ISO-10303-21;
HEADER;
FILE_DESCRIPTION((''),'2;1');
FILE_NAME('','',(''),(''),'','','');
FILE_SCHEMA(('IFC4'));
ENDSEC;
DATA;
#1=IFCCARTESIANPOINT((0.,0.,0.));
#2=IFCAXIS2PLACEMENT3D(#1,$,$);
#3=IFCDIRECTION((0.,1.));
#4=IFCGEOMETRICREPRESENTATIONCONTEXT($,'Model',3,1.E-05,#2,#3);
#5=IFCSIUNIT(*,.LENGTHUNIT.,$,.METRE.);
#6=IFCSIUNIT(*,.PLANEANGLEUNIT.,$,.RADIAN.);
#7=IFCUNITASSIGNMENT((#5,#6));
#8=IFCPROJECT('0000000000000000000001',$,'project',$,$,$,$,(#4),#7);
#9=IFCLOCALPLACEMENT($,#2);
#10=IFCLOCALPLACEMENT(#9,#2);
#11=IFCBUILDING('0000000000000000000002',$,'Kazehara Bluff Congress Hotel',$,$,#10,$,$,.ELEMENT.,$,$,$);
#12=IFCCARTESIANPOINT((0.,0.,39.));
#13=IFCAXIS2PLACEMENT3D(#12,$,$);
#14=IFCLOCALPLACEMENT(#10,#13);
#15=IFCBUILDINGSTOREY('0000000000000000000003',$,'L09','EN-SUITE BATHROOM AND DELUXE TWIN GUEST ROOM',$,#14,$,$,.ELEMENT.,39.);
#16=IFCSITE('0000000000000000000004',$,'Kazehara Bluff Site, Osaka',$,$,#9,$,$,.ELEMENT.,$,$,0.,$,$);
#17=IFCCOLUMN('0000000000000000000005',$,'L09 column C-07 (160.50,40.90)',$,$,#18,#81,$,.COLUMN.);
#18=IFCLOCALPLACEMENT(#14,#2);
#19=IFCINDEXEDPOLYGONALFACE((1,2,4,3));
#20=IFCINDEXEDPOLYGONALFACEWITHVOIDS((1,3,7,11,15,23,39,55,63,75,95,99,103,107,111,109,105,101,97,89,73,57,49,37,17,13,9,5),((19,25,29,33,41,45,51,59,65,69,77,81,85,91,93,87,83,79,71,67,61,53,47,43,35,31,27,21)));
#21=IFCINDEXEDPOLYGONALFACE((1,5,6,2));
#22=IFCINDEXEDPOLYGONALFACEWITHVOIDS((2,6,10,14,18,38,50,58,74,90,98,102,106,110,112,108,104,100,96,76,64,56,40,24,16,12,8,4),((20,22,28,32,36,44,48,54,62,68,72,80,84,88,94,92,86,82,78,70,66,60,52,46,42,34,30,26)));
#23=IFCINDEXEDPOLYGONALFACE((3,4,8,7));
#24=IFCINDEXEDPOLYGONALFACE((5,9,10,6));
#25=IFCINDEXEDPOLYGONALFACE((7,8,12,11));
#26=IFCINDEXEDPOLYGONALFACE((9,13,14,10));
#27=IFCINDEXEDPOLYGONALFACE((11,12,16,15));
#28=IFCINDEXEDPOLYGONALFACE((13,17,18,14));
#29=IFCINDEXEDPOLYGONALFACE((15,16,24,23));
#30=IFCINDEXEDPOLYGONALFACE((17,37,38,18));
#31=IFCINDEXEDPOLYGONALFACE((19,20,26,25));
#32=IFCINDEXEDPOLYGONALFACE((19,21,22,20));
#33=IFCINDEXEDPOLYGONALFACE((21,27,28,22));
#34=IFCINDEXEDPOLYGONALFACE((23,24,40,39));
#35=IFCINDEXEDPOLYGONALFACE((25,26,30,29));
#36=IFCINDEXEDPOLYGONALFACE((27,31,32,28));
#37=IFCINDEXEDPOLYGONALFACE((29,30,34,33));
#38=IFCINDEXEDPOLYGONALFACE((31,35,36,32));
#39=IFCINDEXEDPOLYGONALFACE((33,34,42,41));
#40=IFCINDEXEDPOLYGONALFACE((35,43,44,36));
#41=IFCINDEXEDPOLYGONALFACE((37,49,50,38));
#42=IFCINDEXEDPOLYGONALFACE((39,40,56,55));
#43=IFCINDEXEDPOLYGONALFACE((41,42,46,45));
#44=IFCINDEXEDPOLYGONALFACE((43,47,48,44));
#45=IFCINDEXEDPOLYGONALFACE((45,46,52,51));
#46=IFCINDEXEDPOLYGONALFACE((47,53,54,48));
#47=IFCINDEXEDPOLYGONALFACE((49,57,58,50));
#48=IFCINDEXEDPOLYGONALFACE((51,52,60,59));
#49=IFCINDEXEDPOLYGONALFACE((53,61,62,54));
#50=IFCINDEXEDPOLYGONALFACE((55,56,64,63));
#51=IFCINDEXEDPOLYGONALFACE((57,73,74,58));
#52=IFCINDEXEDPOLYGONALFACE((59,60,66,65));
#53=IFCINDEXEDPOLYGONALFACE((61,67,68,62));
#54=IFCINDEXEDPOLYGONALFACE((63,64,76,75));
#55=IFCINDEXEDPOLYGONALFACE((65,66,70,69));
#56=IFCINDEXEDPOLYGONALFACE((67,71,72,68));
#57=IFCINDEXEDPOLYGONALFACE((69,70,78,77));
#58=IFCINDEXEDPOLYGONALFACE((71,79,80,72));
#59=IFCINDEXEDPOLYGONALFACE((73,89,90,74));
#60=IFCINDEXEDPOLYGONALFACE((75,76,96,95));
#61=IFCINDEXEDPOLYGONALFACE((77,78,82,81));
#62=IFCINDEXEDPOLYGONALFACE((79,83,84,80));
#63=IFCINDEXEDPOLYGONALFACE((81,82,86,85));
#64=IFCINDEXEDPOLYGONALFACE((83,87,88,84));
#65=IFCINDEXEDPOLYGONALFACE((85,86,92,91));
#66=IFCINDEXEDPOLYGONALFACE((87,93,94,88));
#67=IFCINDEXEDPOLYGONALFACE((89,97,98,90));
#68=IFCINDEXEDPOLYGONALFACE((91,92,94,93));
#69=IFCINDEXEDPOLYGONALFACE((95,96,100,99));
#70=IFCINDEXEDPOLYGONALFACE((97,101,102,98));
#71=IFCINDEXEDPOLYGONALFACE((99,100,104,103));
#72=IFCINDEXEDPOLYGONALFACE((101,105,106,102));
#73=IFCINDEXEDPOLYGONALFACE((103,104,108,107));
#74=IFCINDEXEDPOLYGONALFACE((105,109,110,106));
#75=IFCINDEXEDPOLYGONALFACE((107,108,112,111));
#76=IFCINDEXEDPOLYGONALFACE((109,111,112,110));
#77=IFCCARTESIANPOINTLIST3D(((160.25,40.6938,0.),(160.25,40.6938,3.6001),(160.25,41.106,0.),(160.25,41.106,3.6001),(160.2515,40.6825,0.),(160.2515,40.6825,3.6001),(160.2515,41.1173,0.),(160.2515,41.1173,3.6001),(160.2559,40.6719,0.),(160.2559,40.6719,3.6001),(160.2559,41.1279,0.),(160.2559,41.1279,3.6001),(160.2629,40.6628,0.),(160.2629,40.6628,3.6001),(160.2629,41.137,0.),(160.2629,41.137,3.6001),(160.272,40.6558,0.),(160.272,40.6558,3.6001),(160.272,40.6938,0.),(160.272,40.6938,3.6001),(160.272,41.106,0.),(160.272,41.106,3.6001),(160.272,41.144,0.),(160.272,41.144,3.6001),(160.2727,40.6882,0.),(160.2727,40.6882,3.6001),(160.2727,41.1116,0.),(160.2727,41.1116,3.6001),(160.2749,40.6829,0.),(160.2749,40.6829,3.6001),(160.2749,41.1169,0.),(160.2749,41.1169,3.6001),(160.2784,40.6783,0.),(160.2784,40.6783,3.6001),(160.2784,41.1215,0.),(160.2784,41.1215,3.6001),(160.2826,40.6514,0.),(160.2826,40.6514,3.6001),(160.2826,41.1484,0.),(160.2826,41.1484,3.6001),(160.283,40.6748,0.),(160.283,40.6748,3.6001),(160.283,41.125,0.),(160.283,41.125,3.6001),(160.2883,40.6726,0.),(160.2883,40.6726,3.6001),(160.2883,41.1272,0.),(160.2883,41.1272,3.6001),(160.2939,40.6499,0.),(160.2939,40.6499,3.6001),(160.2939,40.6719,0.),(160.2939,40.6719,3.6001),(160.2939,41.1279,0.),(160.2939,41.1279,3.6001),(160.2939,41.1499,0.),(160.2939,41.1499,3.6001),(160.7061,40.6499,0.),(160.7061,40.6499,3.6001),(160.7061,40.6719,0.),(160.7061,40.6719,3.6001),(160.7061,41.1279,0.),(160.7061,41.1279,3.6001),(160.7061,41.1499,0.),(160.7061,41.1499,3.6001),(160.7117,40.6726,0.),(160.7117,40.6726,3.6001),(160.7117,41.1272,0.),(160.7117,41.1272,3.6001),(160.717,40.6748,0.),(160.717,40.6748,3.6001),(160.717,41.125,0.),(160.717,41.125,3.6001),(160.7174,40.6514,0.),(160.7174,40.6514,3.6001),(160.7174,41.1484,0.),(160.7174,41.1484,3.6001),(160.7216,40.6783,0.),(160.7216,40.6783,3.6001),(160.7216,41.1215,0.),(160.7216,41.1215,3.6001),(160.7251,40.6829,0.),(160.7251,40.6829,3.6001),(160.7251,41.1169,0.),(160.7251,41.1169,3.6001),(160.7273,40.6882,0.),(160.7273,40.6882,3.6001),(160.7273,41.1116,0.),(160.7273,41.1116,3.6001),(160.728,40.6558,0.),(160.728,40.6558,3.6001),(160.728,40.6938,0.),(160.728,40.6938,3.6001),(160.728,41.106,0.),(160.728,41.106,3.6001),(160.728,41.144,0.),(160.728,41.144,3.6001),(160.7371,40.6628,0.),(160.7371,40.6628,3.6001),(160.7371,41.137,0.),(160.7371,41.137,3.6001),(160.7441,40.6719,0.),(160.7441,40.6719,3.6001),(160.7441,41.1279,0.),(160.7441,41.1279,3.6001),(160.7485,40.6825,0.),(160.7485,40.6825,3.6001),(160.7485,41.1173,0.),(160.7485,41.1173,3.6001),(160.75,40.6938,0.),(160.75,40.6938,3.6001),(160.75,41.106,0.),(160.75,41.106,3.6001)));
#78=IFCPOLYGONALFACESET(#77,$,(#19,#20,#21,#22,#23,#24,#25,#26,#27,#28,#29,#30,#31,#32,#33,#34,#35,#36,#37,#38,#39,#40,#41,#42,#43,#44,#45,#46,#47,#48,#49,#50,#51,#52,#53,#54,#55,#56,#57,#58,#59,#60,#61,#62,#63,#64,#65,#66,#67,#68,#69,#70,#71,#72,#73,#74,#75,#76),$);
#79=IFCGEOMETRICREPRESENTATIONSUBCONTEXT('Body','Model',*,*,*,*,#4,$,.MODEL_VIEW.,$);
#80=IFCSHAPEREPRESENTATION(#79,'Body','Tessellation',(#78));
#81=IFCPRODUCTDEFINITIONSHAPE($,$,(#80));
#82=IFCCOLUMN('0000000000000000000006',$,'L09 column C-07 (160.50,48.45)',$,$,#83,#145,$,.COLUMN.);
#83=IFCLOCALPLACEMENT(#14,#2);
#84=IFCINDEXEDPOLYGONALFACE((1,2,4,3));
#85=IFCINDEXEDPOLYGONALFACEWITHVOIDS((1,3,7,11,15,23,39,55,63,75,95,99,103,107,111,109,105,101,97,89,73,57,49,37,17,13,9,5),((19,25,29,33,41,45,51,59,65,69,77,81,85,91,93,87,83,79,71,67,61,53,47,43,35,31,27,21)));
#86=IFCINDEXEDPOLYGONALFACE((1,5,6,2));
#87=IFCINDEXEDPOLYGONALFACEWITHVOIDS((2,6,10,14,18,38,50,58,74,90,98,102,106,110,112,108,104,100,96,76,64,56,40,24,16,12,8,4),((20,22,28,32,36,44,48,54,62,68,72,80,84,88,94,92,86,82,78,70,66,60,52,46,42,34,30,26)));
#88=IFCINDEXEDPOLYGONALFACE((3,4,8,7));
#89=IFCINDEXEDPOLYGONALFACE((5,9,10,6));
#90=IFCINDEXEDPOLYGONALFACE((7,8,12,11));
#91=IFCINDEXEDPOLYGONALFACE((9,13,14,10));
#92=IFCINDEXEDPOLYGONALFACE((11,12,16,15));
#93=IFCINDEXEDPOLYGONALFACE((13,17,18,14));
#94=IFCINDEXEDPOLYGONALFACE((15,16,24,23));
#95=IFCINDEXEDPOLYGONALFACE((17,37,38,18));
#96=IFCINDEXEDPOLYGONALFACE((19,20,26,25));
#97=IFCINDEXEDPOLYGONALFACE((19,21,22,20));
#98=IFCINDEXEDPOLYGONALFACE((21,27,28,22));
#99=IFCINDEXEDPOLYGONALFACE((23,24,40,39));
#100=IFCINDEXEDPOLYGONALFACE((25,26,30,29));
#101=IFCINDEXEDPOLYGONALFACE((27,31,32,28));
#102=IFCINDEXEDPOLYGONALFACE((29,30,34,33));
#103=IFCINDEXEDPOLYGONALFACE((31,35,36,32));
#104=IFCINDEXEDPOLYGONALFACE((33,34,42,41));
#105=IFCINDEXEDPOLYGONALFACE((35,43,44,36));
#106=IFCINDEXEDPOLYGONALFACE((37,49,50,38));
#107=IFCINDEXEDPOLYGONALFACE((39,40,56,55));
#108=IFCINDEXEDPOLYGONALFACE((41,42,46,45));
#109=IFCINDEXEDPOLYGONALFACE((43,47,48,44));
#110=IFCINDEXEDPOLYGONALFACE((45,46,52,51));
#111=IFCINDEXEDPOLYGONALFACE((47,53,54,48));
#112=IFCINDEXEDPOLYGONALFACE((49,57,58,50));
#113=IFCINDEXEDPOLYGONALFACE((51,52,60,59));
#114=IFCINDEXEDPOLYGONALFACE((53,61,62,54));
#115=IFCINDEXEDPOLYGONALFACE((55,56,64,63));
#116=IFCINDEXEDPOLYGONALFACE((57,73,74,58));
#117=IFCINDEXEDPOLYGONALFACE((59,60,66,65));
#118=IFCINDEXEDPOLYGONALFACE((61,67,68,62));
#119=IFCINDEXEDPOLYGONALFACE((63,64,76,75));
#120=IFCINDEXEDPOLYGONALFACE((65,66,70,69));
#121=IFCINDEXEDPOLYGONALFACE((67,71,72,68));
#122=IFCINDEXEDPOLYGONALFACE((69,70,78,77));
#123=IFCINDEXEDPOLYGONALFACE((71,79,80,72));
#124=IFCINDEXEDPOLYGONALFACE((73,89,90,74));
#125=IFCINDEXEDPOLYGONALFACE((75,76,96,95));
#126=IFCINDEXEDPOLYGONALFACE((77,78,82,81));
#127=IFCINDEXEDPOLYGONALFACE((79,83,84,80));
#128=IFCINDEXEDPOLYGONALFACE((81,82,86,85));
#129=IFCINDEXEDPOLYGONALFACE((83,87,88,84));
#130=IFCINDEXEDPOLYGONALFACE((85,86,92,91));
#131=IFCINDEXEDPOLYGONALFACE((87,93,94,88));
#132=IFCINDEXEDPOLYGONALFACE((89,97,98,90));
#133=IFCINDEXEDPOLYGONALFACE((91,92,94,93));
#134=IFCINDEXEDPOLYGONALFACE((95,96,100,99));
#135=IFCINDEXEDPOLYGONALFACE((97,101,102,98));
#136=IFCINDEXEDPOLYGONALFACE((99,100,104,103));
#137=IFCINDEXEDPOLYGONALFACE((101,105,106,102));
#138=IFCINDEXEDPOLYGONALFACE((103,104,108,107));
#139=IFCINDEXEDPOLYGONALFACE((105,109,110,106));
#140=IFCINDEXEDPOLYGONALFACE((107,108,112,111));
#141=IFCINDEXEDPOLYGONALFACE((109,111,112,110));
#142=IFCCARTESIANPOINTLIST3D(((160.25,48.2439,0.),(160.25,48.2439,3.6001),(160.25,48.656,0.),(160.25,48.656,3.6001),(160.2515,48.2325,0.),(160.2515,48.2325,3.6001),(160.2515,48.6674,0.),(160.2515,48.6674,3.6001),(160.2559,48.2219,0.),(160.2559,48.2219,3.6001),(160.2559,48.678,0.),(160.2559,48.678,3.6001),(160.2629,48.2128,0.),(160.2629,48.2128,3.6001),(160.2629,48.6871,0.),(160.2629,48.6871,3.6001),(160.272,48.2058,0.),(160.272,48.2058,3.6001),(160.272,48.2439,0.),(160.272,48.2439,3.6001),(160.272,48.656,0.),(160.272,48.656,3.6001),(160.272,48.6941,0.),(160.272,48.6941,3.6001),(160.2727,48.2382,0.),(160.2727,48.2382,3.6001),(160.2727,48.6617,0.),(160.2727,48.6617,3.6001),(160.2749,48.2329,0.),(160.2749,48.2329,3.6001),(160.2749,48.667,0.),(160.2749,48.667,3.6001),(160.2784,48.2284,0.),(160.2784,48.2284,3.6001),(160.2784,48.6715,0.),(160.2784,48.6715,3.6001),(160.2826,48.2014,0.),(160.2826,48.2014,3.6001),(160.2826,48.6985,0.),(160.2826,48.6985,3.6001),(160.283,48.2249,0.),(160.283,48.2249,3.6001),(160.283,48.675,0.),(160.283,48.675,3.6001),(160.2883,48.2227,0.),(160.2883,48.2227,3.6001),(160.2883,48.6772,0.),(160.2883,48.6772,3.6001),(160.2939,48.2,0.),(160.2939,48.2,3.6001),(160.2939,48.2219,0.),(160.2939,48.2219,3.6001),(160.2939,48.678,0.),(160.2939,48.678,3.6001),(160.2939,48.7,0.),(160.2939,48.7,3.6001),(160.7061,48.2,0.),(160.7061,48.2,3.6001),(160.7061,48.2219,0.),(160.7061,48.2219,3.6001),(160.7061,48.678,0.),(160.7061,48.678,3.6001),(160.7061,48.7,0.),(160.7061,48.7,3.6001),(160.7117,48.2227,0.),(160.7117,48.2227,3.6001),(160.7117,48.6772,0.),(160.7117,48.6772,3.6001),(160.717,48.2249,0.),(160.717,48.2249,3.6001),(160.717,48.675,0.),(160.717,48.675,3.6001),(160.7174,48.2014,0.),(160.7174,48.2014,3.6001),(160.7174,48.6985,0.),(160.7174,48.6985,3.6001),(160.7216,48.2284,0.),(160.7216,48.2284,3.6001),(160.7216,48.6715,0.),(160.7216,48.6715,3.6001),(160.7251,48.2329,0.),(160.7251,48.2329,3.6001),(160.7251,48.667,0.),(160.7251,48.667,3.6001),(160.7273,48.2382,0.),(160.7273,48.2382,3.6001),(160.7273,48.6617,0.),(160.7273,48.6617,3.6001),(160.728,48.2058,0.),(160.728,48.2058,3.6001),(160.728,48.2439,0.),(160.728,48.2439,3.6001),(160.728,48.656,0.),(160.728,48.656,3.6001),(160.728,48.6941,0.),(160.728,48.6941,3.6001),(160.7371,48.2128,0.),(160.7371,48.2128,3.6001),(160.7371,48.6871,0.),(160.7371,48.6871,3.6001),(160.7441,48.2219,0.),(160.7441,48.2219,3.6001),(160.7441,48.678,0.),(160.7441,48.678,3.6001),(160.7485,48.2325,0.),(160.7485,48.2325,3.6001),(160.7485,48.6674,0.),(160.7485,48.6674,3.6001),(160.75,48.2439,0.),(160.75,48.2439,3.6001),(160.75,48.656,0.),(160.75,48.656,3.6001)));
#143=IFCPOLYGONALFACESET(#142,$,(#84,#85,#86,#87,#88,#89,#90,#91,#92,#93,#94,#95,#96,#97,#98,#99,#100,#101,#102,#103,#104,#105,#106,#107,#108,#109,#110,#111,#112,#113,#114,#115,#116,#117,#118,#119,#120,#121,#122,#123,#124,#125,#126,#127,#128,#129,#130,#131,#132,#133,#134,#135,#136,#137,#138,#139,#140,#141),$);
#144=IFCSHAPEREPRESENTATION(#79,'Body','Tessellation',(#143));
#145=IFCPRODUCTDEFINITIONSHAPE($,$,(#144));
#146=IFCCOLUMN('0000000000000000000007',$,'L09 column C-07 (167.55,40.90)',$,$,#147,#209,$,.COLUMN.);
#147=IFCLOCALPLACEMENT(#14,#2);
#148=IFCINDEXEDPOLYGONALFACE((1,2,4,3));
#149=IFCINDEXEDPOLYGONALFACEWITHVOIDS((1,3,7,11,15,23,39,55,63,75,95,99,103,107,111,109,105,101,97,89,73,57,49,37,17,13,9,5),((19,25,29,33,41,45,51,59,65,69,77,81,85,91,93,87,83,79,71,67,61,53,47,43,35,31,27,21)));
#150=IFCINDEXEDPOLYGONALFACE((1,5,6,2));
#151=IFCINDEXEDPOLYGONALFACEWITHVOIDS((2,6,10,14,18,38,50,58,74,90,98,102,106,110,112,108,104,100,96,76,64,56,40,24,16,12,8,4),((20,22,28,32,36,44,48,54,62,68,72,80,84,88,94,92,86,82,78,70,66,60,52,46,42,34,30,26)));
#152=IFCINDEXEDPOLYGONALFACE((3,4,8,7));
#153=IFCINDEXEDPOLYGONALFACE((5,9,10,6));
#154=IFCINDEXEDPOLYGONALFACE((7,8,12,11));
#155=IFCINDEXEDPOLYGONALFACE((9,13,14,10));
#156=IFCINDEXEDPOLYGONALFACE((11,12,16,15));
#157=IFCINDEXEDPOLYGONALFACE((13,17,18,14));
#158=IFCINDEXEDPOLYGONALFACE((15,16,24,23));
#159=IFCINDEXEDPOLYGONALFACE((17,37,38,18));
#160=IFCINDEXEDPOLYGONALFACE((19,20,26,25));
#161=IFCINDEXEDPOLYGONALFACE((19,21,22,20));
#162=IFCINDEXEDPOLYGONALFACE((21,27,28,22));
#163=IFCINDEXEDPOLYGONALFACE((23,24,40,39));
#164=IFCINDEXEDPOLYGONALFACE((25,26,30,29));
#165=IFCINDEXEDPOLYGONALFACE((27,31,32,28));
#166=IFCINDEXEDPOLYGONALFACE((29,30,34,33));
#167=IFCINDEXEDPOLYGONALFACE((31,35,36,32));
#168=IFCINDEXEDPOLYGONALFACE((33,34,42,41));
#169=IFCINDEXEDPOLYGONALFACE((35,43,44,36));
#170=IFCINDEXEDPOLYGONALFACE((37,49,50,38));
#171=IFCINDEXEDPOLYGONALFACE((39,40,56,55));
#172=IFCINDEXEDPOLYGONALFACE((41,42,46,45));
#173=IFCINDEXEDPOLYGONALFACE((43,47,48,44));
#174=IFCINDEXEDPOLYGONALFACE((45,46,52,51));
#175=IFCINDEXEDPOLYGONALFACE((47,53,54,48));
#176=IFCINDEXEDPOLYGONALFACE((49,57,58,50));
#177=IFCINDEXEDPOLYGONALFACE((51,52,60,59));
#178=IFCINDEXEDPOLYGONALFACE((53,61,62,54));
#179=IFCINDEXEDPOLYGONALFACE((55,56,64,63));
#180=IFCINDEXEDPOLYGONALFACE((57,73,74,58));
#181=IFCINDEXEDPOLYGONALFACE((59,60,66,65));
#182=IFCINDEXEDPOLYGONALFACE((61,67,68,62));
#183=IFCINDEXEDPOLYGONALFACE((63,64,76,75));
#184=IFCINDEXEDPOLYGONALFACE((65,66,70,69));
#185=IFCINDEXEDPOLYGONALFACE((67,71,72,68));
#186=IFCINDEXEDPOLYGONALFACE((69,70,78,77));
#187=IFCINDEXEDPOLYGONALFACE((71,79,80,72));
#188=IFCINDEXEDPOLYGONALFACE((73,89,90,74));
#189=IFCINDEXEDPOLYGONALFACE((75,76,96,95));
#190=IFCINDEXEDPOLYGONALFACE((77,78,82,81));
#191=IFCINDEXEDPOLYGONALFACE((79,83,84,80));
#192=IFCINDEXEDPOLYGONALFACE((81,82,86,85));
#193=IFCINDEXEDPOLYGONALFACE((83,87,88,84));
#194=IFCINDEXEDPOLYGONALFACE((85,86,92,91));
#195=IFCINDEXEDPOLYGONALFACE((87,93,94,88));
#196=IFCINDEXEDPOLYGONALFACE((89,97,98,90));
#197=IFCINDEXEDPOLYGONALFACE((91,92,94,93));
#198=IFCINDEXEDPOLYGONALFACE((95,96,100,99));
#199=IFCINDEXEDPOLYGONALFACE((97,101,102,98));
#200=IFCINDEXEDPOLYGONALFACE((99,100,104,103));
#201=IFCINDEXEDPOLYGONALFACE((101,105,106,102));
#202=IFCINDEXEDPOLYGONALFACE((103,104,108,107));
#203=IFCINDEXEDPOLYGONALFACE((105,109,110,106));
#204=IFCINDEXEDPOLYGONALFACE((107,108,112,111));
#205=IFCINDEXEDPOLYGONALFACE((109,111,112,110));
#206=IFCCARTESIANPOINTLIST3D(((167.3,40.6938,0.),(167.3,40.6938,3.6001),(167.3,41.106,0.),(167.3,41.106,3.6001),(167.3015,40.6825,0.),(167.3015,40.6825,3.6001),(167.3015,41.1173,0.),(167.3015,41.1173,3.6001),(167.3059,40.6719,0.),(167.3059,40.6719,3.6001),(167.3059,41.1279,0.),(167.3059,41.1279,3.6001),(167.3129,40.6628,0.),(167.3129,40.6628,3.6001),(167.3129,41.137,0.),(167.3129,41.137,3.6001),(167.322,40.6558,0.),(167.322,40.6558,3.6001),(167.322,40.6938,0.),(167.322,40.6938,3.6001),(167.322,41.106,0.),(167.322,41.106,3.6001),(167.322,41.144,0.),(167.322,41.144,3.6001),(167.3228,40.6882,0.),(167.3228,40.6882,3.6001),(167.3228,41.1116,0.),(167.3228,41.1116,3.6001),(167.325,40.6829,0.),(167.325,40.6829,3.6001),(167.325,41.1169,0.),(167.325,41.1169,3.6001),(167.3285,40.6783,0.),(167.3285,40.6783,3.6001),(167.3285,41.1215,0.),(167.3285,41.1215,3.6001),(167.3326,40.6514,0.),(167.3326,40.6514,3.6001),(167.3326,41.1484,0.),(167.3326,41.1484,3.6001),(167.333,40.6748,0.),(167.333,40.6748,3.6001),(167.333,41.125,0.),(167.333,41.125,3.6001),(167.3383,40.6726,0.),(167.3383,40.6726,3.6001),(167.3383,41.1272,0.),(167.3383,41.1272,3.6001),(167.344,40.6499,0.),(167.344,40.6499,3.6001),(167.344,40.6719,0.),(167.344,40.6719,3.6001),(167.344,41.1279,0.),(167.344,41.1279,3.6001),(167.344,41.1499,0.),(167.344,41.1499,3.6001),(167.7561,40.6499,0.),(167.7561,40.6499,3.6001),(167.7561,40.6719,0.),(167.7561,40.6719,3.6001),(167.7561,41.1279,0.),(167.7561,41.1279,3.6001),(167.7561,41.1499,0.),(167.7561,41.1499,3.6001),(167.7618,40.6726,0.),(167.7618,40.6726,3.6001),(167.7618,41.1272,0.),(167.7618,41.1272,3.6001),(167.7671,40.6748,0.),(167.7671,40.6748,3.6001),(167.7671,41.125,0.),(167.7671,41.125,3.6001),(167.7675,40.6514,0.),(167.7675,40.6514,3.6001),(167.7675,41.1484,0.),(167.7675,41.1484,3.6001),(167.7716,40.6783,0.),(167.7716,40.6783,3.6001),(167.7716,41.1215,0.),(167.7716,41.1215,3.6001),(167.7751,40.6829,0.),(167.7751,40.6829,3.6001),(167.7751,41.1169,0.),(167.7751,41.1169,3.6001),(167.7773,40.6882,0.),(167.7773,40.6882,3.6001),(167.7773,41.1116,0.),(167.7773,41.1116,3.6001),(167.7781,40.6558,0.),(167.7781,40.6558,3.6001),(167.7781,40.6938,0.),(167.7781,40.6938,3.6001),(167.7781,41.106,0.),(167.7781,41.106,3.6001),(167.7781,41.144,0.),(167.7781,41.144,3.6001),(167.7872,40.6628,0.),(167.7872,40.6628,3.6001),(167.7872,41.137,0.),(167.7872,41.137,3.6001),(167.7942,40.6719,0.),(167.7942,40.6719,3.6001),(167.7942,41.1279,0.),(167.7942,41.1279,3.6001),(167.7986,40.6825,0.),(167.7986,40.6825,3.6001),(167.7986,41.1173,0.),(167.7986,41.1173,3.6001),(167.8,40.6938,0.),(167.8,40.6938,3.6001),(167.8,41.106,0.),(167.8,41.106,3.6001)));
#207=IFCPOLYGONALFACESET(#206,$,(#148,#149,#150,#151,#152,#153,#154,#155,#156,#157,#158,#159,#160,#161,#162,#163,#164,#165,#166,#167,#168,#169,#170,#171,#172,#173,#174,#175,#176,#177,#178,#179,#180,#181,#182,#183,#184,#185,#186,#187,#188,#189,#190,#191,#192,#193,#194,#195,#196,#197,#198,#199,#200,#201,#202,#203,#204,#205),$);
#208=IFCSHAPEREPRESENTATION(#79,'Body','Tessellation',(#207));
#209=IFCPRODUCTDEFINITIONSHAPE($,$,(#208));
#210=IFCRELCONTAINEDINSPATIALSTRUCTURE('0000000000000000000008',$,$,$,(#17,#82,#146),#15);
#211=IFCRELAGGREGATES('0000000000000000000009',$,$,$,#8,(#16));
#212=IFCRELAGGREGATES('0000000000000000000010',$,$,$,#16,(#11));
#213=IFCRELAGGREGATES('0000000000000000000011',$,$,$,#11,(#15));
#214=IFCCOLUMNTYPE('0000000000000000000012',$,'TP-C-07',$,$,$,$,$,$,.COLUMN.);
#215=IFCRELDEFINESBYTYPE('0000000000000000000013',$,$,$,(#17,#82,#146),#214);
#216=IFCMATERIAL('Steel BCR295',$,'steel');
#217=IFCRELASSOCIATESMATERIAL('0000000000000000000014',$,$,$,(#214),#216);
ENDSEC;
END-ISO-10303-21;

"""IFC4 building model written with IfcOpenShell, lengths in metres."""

from ifc_helpers import new_model, si_unit, direction, frame, origin, origin_2d, place, context, subcontext, project, spatial, hollow_rectangle, extrude, material, material_profile, profile_set, type_object, element, save


model = new_model("IFC4")

# Units and contexts
model_context = context("Model", 3, precision=1e-05, world=origin(), true_north=direction((0.0, 1.0)))
body_context = subcontext(model_context, "Body", "Model", "MODEL_VIEW")
ifc_project = project(units=[si_unit("LENGTHUNIT", "METRE"), si_unit("PLANEANGLEUNIT", "RADIAN")], contexts=[model_context])

# Site, building, storey
site_placement = place(None, origin())
site = spatial("IfcSite", under=ifc_project, at=site_placement, Name="Kazehara Bluff Site, Osaka", CompositionType="ELEMENT", RefElevation=0.0)
building_placement = place(site_placement, origin())
building = spatial("IfcBuilding", under=site, at=building_placement, Name="Kazehara Bluff Congress Hotel", CompositionType="ELEMENT")
storey_placement = place(building_placement, frame((0.0, 0.0, 39.0)))
storey = spatial("IfcBuildingStorey", under=building, at=storey_placement, Name="L09", Description="EN-SUITE BATHROOM AND DELUXE TWIN GUEST ROOM", CompositionType="ELEMENT", Elevation=39.0)

# Columns
ifc_material_1 = material(Name="Steel BCR295", Category="steel")
ifc_material_profile_1 = material_profile(ifc_material_1, hollow_rectangle(XDim=0.5, YDim=0.5, WallThickness=0.022, InnerFilletRadius=0.022, OuterFilletRadius=0.0439, at=origin_2d()))
ifc_profile_set_1 = profile_set([ifc_material_profile_1], Name="Steel BCR295")
column_type = type_object("IfcColumnType", Name="TP-C-07", PredefinedType="COLUMN", material=ifc_profile_set_1)
for number, where, z_axis, x_axis, name in (
    (1, (160.5, 40.8999, 0.0), (0.0, 0.0, 1.0), (1.0, 0.0, 0.0), "L09 column C-07 (160.50,40.90)"),
    (2, (160.5, 48.45, 0.0), (0.0, 0.0, 1.0), (1.0, 0.0, 0.0), "L09 column C-07 (160.50,48.45)"),
    (3, (167.55, 40.8999, 0.0), (0.0, 0.0, 1.0), (1.0, 0.0, 0.0), "L09 column C-07 (167.55,40.90)"),
):
    element("IfcColumn", number, at=place(storey_placement, frame(where, z_axis=z_axis, x_axis=x_axis)), inside=storey, type_object=column_type, Name=name, PredefinedType="COLUMN", context=body_context, shape_type="SweptSolid", body=[
        extrude(hollow_rectangle(XDim=0.5, YDim=0.5, WallThickness=0.022, InnerFilletRadius=0.022, OuterFilletRadius=0.0439, at=origin_2d()), origin(), (0.0, 0.0, 1.0), 3.6001),
    ])

save(model, "model.ifc")
